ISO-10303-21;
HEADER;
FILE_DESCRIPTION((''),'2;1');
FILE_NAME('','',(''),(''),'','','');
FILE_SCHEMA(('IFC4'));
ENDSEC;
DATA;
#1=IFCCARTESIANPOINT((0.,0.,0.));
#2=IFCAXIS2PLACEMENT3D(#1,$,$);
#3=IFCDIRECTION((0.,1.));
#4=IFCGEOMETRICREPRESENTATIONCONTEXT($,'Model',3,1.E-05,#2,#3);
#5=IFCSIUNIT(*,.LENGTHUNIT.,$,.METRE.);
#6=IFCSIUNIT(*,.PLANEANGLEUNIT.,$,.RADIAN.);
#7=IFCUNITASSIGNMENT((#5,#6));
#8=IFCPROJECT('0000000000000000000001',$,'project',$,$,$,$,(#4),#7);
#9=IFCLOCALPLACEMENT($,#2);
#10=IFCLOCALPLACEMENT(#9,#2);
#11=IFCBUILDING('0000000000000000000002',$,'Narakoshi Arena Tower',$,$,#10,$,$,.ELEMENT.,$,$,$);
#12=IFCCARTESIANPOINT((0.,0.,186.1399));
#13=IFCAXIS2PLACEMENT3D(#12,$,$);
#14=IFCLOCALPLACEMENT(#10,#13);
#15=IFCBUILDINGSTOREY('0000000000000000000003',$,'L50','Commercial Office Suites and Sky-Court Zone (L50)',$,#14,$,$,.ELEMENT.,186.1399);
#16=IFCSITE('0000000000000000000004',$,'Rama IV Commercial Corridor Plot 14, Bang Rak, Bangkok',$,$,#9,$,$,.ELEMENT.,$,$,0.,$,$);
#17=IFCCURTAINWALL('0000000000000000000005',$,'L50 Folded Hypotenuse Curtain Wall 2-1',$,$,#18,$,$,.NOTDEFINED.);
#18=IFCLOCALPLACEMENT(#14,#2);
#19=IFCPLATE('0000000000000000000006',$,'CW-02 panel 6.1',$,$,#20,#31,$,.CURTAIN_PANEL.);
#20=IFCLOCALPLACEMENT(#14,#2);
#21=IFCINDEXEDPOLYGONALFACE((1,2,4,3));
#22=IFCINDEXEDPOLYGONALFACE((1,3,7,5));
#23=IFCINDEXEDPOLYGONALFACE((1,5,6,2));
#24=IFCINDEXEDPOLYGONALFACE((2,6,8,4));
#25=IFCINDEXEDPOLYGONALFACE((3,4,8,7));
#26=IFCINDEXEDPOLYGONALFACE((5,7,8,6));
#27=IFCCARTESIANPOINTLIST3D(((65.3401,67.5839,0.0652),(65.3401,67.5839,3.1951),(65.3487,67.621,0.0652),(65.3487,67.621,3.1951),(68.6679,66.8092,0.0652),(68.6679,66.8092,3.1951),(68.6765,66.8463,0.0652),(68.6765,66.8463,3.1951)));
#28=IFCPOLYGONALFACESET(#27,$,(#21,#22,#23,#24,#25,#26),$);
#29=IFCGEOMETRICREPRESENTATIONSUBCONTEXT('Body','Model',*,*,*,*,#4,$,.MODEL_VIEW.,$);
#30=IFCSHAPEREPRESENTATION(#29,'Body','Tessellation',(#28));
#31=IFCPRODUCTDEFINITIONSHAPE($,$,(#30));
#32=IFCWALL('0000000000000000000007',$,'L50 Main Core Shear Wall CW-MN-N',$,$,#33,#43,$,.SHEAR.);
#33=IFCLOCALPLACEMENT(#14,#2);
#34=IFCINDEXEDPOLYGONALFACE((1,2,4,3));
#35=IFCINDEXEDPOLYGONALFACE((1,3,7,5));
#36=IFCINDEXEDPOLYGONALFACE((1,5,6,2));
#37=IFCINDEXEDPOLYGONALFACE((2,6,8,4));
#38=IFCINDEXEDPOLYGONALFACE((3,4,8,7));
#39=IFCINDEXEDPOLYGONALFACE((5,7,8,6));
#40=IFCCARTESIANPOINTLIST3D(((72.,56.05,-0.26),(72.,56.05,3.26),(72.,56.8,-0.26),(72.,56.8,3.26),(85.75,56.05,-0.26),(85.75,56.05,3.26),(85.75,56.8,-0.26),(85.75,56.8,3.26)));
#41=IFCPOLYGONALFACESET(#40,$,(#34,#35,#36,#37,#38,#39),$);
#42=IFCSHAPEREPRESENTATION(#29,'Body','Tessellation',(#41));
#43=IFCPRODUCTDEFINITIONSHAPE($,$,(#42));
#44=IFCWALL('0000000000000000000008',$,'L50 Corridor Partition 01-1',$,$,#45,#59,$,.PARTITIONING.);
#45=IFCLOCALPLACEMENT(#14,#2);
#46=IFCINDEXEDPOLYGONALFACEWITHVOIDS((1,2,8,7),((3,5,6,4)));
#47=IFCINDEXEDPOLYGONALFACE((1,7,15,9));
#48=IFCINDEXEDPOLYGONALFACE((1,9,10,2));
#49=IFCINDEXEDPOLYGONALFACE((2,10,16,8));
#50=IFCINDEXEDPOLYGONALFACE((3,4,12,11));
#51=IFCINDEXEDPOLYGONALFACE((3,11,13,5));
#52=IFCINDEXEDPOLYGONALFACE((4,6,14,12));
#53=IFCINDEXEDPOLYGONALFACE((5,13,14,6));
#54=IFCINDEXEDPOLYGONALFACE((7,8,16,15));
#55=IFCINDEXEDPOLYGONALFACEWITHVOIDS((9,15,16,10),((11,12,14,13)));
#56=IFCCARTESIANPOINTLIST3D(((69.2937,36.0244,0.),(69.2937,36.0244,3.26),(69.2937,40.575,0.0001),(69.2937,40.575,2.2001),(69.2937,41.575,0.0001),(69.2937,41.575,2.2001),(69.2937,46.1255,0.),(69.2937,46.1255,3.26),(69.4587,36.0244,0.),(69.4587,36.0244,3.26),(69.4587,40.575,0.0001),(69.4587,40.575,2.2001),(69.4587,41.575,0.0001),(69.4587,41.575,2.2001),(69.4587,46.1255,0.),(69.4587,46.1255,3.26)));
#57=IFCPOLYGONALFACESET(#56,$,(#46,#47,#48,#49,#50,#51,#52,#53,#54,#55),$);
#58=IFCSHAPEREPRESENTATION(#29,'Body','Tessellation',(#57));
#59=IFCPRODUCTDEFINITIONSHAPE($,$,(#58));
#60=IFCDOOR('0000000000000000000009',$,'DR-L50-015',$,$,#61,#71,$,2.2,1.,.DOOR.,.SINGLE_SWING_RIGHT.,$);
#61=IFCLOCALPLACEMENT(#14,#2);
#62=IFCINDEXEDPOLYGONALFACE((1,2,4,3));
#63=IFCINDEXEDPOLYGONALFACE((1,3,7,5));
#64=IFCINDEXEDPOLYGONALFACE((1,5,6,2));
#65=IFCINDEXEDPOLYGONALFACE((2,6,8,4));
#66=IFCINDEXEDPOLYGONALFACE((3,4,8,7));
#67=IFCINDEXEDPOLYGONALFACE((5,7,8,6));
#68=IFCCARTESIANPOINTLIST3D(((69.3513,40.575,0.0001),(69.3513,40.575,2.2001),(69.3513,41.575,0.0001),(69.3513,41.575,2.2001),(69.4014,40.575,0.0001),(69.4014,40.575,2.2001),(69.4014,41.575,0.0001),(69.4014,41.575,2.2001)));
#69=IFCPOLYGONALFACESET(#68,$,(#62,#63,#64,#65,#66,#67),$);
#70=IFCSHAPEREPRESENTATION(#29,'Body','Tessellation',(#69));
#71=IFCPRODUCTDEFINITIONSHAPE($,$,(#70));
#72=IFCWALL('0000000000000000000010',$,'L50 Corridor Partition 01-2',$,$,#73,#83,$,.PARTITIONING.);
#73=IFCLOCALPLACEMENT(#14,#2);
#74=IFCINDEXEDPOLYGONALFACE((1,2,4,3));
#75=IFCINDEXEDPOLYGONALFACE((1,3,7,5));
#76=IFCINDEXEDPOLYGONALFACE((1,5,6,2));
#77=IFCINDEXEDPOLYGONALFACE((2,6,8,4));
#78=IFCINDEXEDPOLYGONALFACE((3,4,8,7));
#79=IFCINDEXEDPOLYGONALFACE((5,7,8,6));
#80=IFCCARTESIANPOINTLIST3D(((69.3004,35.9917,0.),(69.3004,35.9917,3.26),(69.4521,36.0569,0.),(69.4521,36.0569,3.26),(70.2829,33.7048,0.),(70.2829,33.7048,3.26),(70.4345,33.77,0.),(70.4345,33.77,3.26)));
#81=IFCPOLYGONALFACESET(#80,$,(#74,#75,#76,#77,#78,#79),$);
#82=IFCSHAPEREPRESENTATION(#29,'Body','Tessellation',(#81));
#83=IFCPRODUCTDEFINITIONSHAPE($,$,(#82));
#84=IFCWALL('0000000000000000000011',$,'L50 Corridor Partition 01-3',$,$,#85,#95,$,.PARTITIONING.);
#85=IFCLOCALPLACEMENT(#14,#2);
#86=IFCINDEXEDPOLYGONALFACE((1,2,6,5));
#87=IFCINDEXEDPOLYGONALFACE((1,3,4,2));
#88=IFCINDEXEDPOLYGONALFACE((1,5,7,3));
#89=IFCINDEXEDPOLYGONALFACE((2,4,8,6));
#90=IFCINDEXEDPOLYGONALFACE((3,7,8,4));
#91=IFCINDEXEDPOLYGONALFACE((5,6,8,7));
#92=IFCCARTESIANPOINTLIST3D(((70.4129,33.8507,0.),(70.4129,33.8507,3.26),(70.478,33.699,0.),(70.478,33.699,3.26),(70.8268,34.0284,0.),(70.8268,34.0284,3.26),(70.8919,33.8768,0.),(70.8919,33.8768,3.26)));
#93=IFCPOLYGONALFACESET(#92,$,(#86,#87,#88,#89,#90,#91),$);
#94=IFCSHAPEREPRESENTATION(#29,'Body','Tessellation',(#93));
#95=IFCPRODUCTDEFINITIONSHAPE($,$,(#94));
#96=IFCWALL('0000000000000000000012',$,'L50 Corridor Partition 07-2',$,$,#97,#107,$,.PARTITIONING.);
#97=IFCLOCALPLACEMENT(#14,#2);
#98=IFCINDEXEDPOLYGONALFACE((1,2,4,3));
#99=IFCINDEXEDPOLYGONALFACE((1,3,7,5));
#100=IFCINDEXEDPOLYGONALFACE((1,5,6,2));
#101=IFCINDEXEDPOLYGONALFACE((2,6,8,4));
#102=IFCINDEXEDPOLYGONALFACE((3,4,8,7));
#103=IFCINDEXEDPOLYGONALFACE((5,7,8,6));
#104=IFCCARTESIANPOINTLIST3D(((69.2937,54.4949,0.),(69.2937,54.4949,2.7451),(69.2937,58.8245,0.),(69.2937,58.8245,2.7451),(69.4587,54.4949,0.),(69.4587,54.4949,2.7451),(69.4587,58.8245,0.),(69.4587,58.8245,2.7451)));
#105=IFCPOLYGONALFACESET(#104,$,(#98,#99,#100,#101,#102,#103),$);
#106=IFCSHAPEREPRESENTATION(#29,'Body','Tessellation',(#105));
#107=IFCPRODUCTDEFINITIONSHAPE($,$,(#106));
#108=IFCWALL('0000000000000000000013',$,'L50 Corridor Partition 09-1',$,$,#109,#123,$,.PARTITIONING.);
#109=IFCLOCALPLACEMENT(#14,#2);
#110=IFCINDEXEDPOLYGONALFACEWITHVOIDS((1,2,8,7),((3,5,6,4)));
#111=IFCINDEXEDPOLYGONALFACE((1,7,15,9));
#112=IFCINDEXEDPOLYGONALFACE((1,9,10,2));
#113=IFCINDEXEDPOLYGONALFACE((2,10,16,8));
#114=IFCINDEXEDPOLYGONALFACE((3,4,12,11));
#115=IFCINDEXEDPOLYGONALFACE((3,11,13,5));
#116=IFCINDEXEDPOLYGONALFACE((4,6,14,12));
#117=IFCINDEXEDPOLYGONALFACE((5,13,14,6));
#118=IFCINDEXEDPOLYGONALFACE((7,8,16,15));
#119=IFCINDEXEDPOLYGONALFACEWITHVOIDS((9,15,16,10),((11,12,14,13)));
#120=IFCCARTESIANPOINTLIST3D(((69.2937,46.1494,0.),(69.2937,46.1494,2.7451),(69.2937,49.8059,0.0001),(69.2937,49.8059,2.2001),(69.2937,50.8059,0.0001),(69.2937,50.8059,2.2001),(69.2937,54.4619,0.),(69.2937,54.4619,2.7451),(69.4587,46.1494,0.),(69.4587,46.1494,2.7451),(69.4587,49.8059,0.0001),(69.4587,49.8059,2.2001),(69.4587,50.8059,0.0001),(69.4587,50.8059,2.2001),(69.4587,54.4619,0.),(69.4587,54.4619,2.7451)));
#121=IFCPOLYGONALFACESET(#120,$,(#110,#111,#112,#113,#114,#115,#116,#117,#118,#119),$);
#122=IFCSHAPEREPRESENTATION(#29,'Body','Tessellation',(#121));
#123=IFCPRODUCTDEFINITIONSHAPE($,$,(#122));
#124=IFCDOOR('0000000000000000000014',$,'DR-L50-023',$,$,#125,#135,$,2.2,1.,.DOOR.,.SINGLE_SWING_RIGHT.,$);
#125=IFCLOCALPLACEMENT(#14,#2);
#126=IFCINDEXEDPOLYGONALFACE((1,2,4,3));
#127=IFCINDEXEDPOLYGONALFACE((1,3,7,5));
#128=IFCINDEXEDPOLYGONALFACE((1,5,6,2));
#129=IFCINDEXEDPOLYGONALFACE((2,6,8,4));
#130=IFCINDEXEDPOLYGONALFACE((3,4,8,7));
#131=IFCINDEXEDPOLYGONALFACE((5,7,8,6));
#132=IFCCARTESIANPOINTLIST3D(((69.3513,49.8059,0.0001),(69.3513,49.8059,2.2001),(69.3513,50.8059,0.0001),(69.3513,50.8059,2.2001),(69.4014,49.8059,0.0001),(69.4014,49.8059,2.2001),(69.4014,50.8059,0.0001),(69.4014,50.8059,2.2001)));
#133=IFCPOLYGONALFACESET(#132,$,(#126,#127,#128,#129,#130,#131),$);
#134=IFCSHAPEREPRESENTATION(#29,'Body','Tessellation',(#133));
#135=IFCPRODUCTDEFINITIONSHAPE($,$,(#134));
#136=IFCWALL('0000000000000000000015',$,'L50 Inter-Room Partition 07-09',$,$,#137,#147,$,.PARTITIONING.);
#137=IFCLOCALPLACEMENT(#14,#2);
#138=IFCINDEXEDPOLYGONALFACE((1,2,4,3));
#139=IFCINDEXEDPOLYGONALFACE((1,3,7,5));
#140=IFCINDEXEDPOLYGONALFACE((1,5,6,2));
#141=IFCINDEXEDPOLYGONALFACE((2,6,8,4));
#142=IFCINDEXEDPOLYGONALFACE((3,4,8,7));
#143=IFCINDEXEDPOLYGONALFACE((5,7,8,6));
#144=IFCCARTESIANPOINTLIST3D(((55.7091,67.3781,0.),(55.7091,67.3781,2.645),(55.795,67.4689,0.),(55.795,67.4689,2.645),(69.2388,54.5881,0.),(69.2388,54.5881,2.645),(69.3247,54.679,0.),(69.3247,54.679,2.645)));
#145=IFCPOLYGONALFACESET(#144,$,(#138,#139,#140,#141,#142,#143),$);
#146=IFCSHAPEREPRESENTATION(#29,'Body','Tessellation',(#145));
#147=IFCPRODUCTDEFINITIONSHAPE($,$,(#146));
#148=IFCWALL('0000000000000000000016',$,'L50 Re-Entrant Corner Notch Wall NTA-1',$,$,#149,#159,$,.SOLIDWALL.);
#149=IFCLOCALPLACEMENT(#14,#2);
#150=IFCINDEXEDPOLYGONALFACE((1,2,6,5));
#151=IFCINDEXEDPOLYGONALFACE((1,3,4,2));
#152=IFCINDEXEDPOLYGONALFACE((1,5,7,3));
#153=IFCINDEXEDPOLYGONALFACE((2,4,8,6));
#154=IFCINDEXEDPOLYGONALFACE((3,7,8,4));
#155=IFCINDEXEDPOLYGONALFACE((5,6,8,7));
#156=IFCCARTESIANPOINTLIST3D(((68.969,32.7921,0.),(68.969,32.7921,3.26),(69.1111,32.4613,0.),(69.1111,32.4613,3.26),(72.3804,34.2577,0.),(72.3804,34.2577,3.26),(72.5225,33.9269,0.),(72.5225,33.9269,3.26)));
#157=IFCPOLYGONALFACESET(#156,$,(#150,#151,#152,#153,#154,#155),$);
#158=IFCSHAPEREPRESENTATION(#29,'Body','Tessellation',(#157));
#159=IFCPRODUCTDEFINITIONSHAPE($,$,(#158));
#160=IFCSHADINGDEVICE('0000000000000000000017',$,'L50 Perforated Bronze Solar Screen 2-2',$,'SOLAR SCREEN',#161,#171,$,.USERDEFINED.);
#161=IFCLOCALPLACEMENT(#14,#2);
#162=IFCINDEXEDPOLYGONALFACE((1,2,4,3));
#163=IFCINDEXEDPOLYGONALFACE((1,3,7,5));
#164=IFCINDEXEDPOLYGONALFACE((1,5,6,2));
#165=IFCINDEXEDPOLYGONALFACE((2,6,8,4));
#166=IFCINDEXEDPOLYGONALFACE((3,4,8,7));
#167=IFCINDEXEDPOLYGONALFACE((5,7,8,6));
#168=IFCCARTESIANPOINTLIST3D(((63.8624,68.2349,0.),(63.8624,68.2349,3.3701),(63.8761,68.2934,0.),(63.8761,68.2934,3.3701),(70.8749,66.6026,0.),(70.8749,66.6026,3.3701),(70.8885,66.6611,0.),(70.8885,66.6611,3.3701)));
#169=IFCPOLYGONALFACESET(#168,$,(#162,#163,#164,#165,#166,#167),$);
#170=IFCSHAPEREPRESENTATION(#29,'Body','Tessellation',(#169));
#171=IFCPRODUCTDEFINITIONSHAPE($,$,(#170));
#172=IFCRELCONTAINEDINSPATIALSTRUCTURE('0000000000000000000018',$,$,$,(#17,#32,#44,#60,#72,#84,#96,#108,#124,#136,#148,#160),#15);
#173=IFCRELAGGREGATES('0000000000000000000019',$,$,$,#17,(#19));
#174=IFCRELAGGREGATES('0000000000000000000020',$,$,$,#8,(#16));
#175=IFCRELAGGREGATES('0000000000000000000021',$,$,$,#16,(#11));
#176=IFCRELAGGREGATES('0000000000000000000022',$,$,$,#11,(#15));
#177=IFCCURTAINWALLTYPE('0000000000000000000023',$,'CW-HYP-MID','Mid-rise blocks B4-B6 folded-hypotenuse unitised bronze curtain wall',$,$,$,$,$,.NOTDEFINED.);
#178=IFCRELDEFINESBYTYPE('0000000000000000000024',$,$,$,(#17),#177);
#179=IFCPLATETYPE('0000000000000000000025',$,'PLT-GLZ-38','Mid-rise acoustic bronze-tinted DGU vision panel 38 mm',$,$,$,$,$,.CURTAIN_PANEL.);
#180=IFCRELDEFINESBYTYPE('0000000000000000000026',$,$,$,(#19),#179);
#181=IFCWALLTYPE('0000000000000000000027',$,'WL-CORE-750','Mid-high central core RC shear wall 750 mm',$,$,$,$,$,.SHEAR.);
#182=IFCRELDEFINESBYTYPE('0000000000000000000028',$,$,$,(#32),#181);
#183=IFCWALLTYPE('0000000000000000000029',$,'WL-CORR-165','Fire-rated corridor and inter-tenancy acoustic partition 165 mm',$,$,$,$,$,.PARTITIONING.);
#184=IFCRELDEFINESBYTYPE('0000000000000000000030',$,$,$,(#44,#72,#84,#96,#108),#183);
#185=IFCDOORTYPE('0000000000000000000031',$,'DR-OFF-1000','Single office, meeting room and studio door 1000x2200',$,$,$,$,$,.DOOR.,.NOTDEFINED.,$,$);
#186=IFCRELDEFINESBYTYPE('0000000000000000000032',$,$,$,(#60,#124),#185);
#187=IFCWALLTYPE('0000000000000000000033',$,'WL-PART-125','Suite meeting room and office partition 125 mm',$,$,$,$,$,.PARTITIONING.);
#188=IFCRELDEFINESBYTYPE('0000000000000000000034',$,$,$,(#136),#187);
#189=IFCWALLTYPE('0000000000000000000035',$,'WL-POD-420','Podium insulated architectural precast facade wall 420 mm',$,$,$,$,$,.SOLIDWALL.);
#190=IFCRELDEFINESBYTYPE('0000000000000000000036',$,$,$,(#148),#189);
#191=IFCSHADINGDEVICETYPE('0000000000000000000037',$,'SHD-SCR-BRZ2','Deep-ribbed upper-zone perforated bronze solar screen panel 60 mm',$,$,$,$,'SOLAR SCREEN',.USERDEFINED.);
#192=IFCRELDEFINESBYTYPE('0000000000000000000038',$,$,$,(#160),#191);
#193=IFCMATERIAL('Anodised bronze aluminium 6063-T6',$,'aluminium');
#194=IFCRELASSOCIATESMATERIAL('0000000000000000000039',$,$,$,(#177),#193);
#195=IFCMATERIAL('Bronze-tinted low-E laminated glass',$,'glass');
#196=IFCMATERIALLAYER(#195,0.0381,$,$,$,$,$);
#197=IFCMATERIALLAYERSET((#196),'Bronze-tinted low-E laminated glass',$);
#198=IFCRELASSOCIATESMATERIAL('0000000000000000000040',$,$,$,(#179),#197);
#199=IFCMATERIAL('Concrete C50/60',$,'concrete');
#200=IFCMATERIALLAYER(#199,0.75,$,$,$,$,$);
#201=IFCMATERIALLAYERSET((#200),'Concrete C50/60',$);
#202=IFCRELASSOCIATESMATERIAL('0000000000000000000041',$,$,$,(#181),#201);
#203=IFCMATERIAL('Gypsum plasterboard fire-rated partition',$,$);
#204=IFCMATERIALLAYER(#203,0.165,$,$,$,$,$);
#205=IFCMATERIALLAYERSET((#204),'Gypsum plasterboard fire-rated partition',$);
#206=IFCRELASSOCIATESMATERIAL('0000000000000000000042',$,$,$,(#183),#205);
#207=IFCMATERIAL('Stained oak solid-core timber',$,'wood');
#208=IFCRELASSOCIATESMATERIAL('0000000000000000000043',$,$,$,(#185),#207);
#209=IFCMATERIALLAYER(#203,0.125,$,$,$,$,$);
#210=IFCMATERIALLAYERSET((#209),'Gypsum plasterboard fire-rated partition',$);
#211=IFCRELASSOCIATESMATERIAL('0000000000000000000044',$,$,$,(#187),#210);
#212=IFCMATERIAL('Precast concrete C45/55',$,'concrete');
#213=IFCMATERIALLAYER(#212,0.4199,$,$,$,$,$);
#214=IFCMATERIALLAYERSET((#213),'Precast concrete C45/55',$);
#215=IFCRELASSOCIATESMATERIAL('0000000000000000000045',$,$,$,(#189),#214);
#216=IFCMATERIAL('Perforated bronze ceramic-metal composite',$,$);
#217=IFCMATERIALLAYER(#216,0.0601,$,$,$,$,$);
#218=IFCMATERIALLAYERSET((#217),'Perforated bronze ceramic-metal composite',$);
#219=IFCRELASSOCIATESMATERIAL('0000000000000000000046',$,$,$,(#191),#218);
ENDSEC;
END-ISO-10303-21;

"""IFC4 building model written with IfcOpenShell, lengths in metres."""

from ifc_helpers import new_model, si_unit, direction, frame, frame_2d, origin, origin_2d, place, context, subcontext, project, spatial, rectangle, extrude, material, layer, layer_set, type_object, element, fill, aggregate, save


model = new_model("IFC4")

# Units and contexts
model_context = context("Model", 3, precision=1e-05, world=origin(), true_north=direction((0.0, 1.0)))
body_context = subcontext(model_context, "Body", "Model", "MODEL_VIEW")
ifc_project = project(units=[si_unit("LENGTHUNIT", "METRE"), si_unit("PLANEANGLEUNIT", "RADIAN")], contexts=[model_context])

# Site, building, storey
site_placement = place(None, origin())
site = spatial("IfcSite", under=ifc_project, at=site_placement, Name="Rama IV Commercial Corridor Plot 14, Bang Rak, Bangkok", CompositionType="ELEMENT", RefElevation=0.0)
building_placement = place(site_placement, origin())
building = spatial("IfcBuilding", under=site, at=building_placement, Name="Narakoshi Arena Tower", CompositionType="ELEMENT")
storey_placement = place(building_placement, frame((0.0, 0.0, 186.1399)))
storey = spatial("IfcBuildingStorey", under=building, at=storey_placement, Name="L50", Description="Commercial Office Suites and Sky-Court Zone (L50)", CompositionType="ELEMENT", Elevation=186.1399)

# Curtain wall, plate
ifc_material_1 = material(Name="Anodised bronze aluminium 6063-T6", Category="aluminium")
curtain_wall_type = type_object("IfcCurtainWallType", Name="CW-HYP-MID", Description="Mid-rise blocks B4-B6 folded-hypotenuse unitised bronze curtain wall", PredefinedType="NOTDEFINED", material=ifc_material_1)
curtain_wall_placement = place(storey_placement, origin())
curtain_wall = element("IfcCurtainWall", 1, at=curtain_wall_placement, inside=storey, type_object=curtain_wall_type, Name="L50 Folded Hypotenuse Curtain Wall 2-1", PredefinedType="NOTDEFINED")
ifc_material_2 = material(Name="Bronze-tinted low-E laminated glass", Category="glass")
ifc_layer_1 = layer(ifc_material_2, 0.0381)
ifc_layer_set_1 = layer_set([ifc_layer_1], Name="Bronze-tinted low-E laminated glass")
plate_type = type_object("IfcPlateType", Name="PLT-GLZ-38", Description="Mid-rise acoustic bronze-tinted DGU vision panel 38 mm", PredefinedType="CURTAIN_PANEL", material=ifc_layer_set_1)
plate_1_placement = place(storey_placement, frame((67.0083, 67.2151, 0.0652), z_axis=(0.0, 0.0, 1.0), x_axis=(-0.97396, 0.226721, 0.0)))
plate_1 = element("IfcPlate", 2, at=plate_1_placement, type_object=plate_type, Name="CW-02 panel 6.1", PredefinedType="CURTAIN_PANEL", context=body_context, shape_type="SweptSolid", body=[
    extrude(rectangle(XDim=3.4167, YDim=0.0381, at=origin_2d()), origin(), (0.0, 0.0, 1.0), 3.1299),
])
aggregate(curtain_wall, [plate_1])

# Wall
ifc_material_3 = material(Name="Concrete C50/60", Category="concrete")
ifc_layer_2 = layer(ifc_material_3, 0.75)
ifc_layer_set_2 = layer_set([ifc_layer_2], Name="Concrete C50/60")
wall_type_1 = type_object("IfcWallType", Name="WL-CORE-750", Description="Mid-high central core RC shear wall 750 mm", PredefinedType="SHEAR", material=ifc_layer_set_2)
wall_1_placement = place(storey_placement, frame((72.0, 56.425, -0.26), z_axis=(0.0, 0.0, 1.0), x_axis=(1.0, 0.0, 0.0)))
element("IfcWall", 3, at=wall_1_placement, inside=storey, type_object=wall_type_1, Name="L50 Main Core Shear Wall CW-MN-N", PredefinedType="SHEAR", context=body_context, shape_type="SweptSolid", body=[
    extrude(rectangle(XDim=13.75, YDim=0.75, at=frame_2d((6.875, 0.0))), origin(), (0.0, 0.0, 1.0), 3.52),
])

# Wall, opening, door
ifc_material_4 = material(Name="Gypsum plasterboard fire-rated partition")
ifc_layer_3 = layer(ifc_material_4, 0.165)
ifc_layer_set_3 = layer_set([ifc_layer_3], Name="Gypsum plasterboard fire-rated partition")
wall_type_2 = type_object("IfcWallType", Name="WL-CORR-165", Description="Fire-rated corridor and inter-tenancy acoustic partition 165 mm", PredefinedType="PARTITIONING", material=ifc_layer_set_3)
wall_2_placement = place(storey_placement, frame((69.3762, 46.1255, 0.0), z_axis=(0.0, 0.0, 1.0), x_axis=(0.0, -1.0, 0.0)))
wall_2 = element("IfcWall", 4, at=wall_2_placement, inside=storey, type_object=wall_type_2, Name="L50 Corridor Partition 01-1", PredefinedType="PARTITIONING", context=body_context, shape_type="SweptSolid", body=[
    extrude(rectangle(XDim=10.1011, YDim=0.165, at=frame_2d((5.0505, 0.0))), origin(), (0.0, 0.0, 1.0), 3.26),
])
opening_1_placement = place(wall_2_placement, frame((4.5505, 0.0, 0.0)))
opening_1 = element("IfcOpeningElement", 5, at=opening_1_placement, cuts=wall_2, PredefinedType="OPENING", context=body_context, shape_type="SweptSolid", body=[
    extrude(rectangle(XDim=1.0, YDim=2.2, at=frame_2d((0.5, 1.1001))), frame((0.0, 0.0925, 0.0), z_axis=(0.0, -1.0, 0.0), x_axis=(1.0, 0.0, 0.0)), (0.0, 0.0, 1.0), 0.1851),
])
ifc_material_5 = material(Name="Stained oak solid-core timber", Category="wood")
door_type = type_object("IfcDoorType", Name="DR-OFF-1000", Description="Single office, meeting room and studio door 1000x2200", OperationType="NOTDEFINED", PredefinedType="DOOR", material=ifc_material_5)
door_1_placement = place(opening_1_placement, frame((1.0, 0.0, 0.0), z_axis=(0.0, 0.0, 1.0), x_axis=(-1.0, 0.0, 0.0)))
door_1 = element("IfcDoor", 6, at=door_1_placement, inside=storey, type_object=door_type, Name="DR-L50-015", OperationType="SINGLE_SWING_RIGHT", OverallHeight=2.2, OverallWidth=1.0, PredefinedType="DOOR", context=body_context, shape_type="SweptSolid", body=[
    extrude(rectangle(XDim=1.0, YDim=2.2, at=frame_2d((0.5, 1.1001))), frame((0.0, 0.0249, 0.0), z_axis=(0.0, -1.0, 0.0), x_axis=(1.0, 0.0, 0.0)), (0.0, 0.0, 1.0), 0.05),
])
fill(opening_1, door_1)

# Walls
wall_3_placement = place(storey_placement, frame((69.3762, 36.0244, 0.0), z_axis=(0.0, 0.0, 1.0), x_axis=(0.394712, -0.918805, 0.0)))
element("IfcWall", 7, at=wall_3_placement, inside=storey, type_object=wall_type_2, Name="L50 Corridor Partition 01-2", PredefinedType="PARTITIONING", context=body_context, shape_type="SweptSolid", body=[
    extrude(rectangle(XDim=2.489, YDim=0.165, at=frame_2d((1.2446, 0.0))), origin(), (0.0, 0.0, 1.0), 3.26),
])
wall_4_placement = place(storey_placement, frame((70.4456, 33.7749, 0.0), z_axis=(0.0, 0.0, 1.0), x_axis=(0.918836, 0.394639, 0.0)))
element("IfcWall", 8, at=wall_4_placement, inside=storey, type_object=wall_type_2, Name="L50 Corridor Partition 01-3", PredefinedType="PARTITIONING", context=body_context, shape_type="SweptSolid", body=[
    extrude(rectangle(XDim=0.4504, YDim=0.165, at=frame_2d((0.2251, 0.0))), origin(), (0.0, 0.0, 1.0), 3.26),
])
wall_5_placement = place(storey_placement, frame((69.3762, 58.8245, 0.0), z_axis=(0.0, 0.0, 1.0), x_axis=(0.0, -1.0, 0.0)))
element("IfcWall", 9, at=wall_5_placement, inside=storey, type_object=wall_type_2, Name="L50 Corridor Partition 07-2", PredefinedType="PARTITIONING", context=body_context, shape_type="SweptSolid", body=[
    extrude(rectangle(XDim=4.3296, YDim=0.165, at=frame_2d((2.1648, 0.0))), origin(), (0.0, 0.0, 1.0), 2.7451),
])

# Wall, opening, door
wall_6_placement = place(storey_placement, frame((69.3762, 54.4619, 0.0), z_axis=(0.0, 0.0, 1.0), x_axis=(0.0, -1.0, 0.0)))
wall_6 = element("IfcWall", 10, at=wall_6_placement, inside=storey, type_object=wall_type_2, Name="L50 Corridor Partition 09-1", PredefinedType="PARTITIONING", context=body_context, shape_type="SweptSolid", body=[
    extrude(rectangle(XDim=8.3125, YDim=0.165, at=frame_2d((4.1562, 0.0))), origin(), (0.0, 0.0, 1.0), 2.7451),
])
opening_2_placement = place(wall_6_placement, frame((3.656, 0.0, 0.0)))
opening_2 = element("IfcOpeningElement", 11, at=opening_2_placement, cuts=wall_6, PredefinedType="OPENING", context=body_context, shape_type="SweptSolid", body=[
    extrude(rectangle(XDim=1.0, YDim=2.2, at=frame_2d((0.5, 1.1001))), frame((0.0, 0.0925, 0.0), z_axis=(0.0, -1.0, 0.0), x_axis=(1.0, 0.0, 0.0)), (0.0, 0.0, 1.0), 0.1851),
])
door_2_placement = place(opening_2_placement, frame((1.0, 0.0, 0.0), z_axis=(0.0, 0.0, 1.0), x_axis=(-1.0, 0.0, 0.0)))
door_2 = element("IfcDoor", 12, at=door_2_placement, inside=storey, type_object=door_type, Name="DR-L50-023", OperationType="SINGLE_SWING_RIGHT", OverallHeight=2.2, OverallWidth=1.0, PredefinedType="DOOR", context=body_context, shape_type="SweptSolid", body=[
    extrude(rectangle(XDim=1.0, YDim=2.2, at=frame_2d((0.5, 1.1001))), frame((0.0, 0.0249, 0.0), z_axis=(0.0, -1.0, 0.0), x_axis=(1.0, 0.0, 0.0)), (0.0, 0.0, 1.0), 0.05),
])
fill(opening_2, door_2)

# Walls
ifc_layer_4 = layer(ifc_material_4, 0.125)
ifc_layer_set_4 = layer_set([ifc_layer_4], Name="Gypsum plasterboard fire-rated partition")
wall_type_3 = type_object("IfcWallType", Name="WL-PART-125", Description="Suite meeting room and office partition 125 mm", PredefinedType="PARTITIONING", material=ifc_layer_set_4)
wall_7_placement = place(storey_placement, frame((69.2817, 54.6335, 0.0), z_axis=(0.0, 0.0, 1.0), x_axis=(-0.726694, 0.686962, 0.0)))
element("IfcWall", 13, at=wall_7_placement, inside=storey, type_object=wall_type_3, Name="L50 Inter-Room Partition 07-09", PredefinedType="PARTITIONING", context=body_context, shape_type="SweptSolid", body=[
    extrude(rectangle(XDim=18.6182, YDim=0.125, at=frame_2d((9.3091, 0.0))), origin(), (0.0, 0.0, 1.0), 2.645),
])
ifc_material_6 = material(Name="Precast concrete C45/55", Category="concrete")
ifc_layer_5 = layer(ifc_material_6, 0.4199)
ifc_layer_set_5 = layer_set([ifc_layer_5], Name="Precast concrete C45/55")
wall_type_4 = type_object("IfcWallType", Name="WL-POD-420", Description="Podium insulated architectural precast facade wall 420 mm", PredefinedType="SOLIDWALL", material=ifc_layer_set_5)
wall_8_placement = place(storey_placement, frame((69.04, 32.6267, 0.0), z_axis=(0.0, 0.0, 1.0), x_axis=(0.918798, 0.394729, 0.0)))
element("IfcWall", 14, at=wall_8_placement, inside=storey, type_object=wall_type_4, Name="L50 Re-Entrant Corner Notch Wall NTA-1", PredefinedType="SOLIDWALL", context=body_context, shape_type="SweptSolid", body=[
    extrude(rectangle(XDim=3.7129, YDim=0.3601, at=frame_2d((1.8564, 0.0))), origin(), (0.0, 0.0, 1.0), 3.26),
])

# Shading device
ifc_material_7 = material(Name="Perforated bronze ceramic-metal composite")
ifc_layer_6 = layer(ifc_material_7, 0.0601)
ifc_layer_set_6 = layer_set([ifc_layer_6], Name="Perforated bronze ceramic-metal composite")
shading_device_type = type_object("IfcShadingDeviceType", Name="SHD-SCR-BRZ2", Description="Deep-ribbed upper-zone perforated bronze solar screen panel 60 mm", ElementType="SOLAR SCREEN", PredefinedType="USERDEFINED", material=ifc_layer_set_6)
shading_device_placement = place(storey_placement, frame((67.3755, 67.448, 0.0), z_axis=(0.0, 0.0, 1.0), x_axis=(-0.97396, 0.226719, 0.0)))
element("IfcShadingDevice", 15, at=shading_device_placement, inside=storey, type_object=shading_device_type, Name="L50 Perforated Bronze Solar Screen 2-2", ObjectType="SOLAR SCREEN", PredefinedType="USERDEFINED", context=body_context, shape_type="SweptSolid", body=[
    extrude(rectangle(XDim=7.2, YDim=0.0601, at=origin_2d()), origin(), (0.0, 0.0, 1.0), 3.3701),
])

save(model, "model.ifc")
